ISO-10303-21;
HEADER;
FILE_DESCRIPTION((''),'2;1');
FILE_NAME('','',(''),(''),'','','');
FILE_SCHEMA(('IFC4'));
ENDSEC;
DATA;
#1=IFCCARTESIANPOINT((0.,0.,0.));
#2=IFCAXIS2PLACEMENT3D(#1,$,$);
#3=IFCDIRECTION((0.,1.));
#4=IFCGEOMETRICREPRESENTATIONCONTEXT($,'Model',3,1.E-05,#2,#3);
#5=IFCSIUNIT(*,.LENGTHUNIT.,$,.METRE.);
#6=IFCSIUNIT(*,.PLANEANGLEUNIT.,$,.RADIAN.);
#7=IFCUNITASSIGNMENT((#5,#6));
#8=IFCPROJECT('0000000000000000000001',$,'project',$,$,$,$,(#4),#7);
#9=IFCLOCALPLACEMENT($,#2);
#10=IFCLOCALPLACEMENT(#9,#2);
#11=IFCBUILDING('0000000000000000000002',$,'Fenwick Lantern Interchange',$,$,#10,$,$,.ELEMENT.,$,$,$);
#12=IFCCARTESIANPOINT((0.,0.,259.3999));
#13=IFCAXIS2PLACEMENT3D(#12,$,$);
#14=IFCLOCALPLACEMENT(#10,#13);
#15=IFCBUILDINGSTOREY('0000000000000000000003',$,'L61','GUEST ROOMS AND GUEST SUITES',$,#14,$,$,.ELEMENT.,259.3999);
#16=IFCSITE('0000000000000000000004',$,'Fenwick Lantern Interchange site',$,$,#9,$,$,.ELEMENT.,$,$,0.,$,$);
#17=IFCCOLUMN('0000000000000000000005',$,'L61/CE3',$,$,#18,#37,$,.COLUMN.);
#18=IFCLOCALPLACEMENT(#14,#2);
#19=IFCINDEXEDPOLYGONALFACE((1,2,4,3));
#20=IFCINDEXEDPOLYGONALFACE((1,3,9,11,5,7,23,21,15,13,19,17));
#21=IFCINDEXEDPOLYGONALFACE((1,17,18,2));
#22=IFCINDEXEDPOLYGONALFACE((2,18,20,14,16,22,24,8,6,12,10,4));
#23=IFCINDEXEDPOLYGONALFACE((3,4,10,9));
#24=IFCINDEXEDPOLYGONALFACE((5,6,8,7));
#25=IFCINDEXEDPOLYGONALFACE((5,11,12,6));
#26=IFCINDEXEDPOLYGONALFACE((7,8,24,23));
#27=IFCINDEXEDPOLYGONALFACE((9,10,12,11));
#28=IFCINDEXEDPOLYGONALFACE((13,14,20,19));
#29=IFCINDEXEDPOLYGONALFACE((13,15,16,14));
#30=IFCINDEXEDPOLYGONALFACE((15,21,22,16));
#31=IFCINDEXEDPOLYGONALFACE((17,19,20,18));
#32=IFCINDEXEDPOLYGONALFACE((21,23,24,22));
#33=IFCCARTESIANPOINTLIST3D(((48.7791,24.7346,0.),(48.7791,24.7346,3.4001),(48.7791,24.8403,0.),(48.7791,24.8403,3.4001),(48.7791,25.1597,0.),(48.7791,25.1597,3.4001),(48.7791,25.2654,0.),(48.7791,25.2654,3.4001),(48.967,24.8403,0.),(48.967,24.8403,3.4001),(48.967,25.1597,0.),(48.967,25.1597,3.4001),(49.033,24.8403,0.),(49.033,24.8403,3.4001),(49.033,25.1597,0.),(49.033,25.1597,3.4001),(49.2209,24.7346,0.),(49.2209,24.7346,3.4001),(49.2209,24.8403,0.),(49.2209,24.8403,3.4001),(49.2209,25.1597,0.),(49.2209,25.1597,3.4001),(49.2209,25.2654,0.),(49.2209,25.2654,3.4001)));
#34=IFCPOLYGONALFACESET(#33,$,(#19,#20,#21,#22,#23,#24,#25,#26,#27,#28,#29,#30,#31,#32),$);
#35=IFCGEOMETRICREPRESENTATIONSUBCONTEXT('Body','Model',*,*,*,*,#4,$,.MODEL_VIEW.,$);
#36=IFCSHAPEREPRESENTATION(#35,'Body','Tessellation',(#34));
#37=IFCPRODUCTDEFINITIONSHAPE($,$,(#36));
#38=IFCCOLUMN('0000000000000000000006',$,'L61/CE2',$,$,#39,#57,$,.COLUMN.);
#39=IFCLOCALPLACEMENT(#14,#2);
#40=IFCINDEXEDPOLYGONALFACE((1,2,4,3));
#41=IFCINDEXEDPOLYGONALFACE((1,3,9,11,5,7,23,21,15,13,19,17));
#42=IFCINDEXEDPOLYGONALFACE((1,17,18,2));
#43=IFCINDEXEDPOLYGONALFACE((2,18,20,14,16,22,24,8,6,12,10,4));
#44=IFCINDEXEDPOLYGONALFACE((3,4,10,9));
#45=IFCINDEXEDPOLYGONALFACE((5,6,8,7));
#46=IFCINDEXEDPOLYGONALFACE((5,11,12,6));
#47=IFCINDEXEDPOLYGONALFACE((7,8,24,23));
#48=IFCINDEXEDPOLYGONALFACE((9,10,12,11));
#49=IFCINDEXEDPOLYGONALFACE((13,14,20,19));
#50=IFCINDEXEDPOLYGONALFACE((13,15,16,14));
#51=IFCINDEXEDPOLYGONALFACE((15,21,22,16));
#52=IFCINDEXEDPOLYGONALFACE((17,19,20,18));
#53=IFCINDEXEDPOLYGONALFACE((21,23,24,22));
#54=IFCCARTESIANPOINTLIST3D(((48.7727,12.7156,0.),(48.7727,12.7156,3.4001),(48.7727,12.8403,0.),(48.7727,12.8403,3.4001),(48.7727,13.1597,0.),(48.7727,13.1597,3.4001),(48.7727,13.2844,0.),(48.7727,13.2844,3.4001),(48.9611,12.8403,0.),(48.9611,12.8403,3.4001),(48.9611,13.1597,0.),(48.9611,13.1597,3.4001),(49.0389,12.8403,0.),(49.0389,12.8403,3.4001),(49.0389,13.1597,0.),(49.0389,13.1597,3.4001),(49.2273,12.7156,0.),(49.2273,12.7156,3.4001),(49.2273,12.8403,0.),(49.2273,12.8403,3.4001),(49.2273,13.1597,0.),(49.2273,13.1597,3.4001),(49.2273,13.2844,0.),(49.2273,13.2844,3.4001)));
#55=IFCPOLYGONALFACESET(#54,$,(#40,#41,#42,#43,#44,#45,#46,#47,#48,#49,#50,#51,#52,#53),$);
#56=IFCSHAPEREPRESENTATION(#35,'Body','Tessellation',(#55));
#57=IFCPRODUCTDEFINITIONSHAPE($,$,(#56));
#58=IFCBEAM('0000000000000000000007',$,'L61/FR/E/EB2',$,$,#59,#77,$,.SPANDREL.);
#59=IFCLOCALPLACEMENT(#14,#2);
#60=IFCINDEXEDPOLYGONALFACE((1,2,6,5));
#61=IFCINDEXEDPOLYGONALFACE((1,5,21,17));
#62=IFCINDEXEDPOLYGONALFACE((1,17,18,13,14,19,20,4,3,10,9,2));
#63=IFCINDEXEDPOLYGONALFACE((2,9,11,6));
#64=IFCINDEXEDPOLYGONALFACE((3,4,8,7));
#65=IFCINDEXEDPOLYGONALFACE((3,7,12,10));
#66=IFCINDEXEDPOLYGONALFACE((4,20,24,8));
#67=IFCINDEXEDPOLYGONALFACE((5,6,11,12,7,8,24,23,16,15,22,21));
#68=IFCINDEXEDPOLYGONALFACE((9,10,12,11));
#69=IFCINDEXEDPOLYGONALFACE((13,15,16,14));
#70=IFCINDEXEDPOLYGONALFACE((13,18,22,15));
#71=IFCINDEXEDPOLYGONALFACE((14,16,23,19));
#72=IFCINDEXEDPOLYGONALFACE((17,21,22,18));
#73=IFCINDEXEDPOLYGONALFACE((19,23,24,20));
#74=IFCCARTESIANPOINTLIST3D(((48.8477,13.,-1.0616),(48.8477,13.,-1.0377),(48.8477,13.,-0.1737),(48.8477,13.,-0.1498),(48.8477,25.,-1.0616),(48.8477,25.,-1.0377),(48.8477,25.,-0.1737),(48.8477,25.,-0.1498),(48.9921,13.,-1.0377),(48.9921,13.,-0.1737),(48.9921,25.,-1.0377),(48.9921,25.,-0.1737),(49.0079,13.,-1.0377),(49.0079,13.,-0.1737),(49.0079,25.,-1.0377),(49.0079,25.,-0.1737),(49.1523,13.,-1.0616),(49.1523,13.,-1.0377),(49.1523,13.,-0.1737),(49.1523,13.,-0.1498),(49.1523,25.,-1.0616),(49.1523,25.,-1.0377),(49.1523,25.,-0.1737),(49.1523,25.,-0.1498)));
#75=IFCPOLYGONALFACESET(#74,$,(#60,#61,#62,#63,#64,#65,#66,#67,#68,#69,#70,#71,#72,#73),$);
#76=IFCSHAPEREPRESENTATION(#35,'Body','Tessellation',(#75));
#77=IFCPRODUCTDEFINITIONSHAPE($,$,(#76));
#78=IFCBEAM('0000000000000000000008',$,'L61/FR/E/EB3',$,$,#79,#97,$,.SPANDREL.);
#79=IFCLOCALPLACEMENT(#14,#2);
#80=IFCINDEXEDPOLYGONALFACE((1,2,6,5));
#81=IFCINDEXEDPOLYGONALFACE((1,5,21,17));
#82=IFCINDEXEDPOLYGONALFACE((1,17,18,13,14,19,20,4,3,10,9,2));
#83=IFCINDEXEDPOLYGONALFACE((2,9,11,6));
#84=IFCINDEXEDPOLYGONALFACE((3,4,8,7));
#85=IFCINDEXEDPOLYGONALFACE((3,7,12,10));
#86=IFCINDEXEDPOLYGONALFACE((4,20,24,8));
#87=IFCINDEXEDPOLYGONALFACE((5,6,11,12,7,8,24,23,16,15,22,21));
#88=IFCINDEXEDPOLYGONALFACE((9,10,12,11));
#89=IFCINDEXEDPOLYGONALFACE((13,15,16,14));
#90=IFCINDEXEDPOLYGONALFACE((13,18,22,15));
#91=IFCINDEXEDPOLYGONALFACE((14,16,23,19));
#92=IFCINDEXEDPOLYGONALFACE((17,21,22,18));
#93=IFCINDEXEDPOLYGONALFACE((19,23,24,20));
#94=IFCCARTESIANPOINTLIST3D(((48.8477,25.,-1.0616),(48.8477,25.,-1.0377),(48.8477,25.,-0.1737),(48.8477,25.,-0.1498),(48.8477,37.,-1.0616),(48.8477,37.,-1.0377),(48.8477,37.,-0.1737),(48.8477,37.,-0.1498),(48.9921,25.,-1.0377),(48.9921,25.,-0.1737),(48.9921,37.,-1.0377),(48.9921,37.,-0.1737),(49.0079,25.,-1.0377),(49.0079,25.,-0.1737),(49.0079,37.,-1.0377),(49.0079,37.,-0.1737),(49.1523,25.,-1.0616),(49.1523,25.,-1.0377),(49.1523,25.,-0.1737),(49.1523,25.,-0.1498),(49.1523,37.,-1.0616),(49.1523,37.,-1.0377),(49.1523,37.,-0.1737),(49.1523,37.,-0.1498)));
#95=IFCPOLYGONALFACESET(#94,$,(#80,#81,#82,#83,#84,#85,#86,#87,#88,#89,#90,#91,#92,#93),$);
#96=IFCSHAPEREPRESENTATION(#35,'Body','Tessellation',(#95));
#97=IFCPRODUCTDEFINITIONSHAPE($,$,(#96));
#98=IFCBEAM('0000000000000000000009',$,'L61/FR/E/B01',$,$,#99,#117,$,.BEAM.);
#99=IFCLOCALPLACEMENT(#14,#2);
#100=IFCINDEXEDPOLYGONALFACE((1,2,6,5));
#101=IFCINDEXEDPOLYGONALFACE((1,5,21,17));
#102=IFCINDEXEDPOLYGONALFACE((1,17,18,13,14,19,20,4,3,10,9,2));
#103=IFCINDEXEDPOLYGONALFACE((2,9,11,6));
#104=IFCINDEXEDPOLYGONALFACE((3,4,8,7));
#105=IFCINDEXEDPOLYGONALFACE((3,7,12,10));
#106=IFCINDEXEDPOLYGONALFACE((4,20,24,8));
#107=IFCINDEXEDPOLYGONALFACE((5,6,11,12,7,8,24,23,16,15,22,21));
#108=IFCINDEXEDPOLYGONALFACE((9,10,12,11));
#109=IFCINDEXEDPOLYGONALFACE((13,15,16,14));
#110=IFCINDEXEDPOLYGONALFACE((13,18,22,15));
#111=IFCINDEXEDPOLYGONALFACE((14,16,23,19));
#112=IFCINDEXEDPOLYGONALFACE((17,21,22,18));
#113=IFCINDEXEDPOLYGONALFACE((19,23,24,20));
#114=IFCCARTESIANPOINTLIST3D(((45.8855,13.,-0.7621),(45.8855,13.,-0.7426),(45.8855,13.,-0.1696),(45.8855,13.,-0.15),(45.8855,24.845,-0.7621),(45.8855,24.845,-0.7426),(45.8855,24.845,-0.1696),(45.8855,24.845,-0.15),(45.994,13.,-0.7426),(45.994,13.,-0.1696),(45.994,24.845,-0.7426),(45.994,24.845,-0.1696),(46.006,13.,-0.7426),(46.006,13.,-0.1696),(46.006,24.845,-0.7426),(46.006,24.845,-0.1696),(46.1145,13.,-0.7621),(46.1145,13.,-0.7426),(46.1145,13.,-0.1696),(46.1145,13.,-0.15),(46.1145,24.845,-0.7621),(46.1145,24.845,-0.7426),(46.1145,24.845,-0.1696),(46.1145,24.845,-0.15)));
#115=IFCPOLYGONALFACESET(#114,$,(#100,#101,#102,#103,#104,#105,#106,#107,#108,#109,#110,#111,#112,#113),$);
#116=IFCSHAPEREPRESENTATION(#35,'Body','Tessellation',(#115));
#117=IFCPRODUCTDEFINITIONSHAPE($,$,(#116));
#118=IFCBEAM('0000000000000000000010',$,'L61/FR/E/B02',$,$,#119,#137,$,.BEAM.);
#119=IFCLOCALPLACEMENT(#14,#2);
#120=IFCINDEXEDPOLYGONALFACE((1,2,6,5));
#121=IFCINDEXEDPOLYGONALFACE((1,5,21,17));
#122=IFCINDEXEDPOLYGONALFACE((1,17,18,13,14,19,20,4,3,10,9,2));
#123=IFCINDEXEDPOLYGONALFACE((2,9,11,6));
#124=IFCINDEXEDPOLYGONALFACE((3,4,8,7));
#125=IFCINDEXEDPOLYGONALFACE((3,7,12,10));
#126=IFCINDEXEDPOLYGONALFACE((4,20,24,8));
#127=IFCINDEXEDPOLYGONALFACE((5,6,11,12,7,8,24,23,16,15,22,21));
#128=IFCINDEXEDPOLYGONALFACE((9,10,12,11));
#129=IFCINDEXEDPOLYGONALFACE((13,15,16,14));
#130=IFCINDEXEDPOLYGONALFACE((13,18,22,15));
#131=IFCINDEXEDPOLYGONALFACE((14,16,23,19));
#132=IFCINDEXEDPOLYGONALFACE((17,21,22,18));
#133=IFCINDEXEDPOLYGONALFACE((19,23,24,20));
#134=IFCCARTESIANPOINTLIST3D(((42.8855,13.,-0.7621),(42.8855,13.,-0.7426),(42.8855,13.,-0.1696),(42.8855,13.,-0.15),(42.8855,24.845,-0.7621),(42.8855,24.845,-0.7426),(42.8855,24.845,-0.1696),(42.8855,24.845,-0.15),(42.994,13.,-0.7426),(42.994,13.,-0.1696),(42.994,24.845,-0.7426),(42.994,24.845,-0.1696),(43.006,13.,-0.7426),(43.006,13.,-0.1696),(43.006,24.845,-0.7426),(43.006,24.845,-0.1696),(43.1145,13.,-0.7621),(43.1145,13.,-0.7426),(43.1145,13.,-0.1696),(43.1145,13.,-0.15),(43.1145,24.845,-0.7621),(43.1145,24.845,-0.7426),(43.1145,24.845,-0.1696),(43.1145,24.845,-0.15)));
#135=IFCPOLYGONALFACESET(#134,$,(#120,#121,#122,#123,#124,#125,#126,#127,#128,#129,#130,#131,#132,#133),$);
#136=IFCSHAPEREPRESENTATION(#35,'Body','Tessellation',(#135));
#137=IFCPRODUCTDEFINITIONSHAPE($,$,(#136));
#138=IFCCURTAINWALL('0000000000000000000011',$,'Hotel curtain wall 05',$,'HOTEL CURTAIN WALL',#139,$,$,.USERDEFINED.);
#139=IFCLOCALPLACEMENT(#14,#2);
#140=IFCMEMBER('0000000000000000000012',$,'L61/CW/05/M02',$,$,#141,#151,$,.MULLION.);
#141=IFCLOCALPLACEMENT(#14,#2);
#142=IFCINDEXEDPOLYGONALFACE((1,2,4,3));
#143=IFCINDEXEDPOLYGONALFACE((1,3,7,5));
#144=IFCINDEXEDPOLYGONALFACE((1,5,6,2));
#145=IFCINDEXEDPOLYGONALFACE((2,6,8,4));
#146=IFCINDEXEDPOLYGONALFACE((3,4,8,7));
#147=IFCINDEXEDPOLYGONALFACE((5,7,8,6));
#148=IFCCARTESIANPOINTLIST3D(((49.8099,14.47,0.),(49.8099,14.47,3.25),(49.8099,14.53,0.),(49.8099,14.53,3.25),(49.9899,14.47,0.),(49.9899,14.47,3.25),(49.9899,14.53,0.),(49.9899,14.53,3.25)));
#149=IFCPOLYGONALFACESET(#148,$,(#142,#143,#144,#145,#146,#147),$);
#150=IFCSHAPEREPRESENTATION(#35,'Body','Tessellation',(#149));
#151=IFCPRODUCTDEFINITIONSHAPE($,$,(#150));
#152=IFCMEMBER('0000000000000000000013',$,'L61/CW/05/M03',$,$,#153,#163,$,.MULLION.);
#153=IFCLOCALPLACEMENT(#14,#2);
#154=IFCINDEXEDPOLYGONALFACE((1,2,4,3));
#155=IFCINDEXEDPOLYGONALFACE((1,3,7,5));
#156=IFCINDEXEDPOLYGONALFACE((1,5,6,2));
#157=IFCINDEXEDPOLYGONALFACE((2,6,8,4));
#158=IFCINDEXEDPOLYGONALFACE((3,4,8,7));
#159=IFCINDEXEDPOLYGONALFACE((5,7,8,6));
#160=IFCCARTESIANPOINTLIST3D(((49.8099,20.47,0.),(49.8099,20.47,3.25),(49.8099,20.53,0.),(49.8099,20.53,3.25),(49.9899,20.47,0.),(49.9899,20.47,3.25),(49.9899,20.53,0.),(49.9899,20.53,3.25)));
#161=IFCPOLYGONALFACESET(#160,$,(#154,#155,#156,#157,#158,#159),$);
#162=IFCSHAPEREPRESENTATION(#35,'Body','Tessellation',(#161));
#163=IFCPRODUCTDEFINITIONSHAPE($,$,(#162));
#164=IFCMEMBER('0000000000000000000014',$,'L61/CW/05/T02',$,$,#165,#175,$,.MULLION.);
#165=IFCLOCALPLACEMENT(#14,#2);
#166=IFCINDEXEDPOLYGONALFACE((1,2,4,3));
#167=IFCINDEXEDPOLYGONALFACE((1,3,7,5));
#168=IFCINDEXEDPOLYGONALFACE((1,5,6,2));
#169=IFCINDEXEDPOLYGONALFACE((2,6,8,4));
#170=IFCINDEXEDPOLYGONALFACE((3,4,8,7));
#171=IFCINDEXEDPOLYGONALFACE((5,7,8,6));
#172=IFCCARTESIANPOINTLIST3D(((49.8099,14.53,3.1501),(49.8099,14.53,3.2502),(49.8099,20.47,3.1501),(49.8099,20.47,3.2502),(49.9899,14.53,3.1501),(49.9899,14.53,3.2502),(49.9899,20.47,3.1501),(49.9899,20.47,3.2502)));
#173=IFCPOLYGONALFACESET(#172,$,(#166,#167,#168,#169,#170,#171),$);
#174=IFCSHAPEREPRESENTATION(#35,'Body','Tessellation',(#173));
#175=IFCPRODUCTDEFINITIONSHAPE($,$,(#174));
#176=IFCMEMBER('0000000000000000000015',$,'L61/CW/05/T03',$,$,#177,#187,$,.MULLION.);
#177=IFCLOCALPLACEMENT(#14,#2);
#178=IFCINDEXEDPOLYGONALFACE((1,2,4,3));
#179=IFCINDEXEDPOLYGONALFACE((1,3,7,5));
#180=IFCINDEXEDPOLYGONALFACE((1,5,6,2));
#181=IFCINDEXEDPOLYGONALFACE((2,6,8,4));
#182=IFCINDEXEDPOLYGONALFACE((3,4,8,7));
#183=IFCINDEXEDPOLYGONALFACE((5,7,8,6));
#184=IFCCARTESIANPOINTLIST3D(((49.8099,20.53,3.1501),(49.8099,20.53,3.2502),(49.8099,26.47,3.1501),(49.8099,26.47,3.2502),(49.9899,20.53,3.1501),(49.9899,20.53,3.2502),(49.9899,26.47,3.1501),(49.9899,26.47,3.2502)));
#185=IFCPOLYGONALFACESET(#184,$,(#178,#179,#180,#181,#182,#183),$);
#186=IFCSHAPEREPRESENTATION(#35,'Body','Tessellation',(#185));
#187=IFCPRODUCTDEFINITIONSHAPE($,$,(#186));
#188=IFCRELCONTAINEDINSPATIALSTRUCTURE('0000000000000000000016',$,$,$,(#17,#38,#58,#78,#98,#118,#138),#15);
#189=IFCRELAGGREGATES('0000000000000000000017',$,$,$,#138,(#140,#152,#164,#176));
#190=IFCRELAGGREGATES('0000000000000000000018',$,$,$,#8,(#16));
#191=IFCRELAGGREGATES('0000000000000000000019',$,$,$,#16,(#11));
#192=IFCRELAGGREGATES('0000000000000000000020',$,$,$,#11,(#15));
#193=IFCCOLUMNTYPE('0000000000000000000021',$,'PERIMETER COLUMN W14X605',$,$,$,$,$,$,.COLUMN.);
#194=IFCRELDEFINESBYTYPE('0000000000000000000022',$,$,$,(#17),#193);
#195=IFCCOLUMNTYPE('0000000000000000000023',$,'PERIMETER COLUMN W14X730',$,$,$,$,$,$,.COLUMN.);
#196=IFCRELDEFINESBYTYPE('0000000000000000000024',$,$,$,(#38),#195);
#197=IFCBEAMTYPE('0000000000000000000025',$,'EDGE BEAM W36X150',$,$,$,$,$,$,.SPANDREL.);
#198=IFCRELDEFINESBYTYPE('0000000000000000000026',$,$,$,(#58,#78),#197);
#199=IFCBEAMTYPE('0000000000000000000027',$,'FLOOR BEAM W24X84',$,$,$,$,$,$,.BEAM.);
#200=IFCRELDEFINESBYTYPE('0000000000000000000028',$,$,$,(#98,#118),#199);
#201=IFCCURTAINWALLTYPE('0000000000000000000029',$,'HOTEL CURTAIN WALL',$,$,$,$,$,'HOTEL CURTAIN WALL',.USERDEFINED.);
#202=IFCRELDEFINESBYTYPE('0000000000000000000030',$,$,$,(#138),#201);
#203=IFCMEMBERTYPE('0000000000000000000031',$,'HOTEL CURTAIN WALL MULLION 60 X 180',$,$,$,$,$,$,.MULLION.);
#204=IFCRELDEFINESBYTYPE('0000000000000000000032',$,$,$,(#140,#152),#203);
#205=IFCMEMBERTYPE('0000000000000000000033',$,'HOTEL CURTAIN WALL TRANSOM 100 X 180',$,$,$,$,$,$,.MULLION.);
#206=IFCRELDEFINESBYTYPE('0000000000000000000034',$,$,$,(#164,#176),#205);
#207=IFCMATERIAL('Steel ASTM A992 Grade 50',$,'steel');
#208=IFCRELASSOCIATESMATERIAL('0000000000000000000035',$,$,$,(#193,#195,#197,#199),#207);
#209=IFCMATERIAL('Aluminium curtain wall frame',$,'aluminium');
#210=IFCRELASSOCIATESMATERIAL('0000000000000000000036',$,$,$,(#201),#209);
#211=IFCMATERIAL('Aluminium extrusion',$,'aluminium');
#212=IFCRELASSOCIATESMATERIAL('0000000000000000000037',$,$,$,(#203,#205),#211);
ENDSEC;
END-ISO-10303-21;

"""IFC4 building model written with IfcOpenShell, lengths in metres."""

from ifc_helpers import new_model, si_unit, direction, frame, origin, origin_2d, place, context, subcontext, project, spatial, rectangle, i_section, extrude, material, material_profile, profile_set, type_object, element, aggregate, save


model = new_model("IFC4")

# Units and contexts
model_context = context("Model", 3, precision=1e-05, world=origin(), true_north=direction((0.0, 1.0)))
body_context = subcontext(model_context, "Body", "Model", "MODEL_VIEW")
ifc_project = project(units=[si_unit("LENGTHUNIT", "METRE"), si_unit("PLANEANGLEUNIT", "RADIAN")], contexts=[model_context])

# Site, building, storey
site_placement = place(None, origin())
site = spatial("IfcSite", under=ifc_project, at=site_placement, Name="Fenwick Lantern Interchange site", CompositionType="ELEMENT", RefElevation=0.0)
building_placement = place(site_placement, origin())
building = spatial("IfcBuilding", under=site, at=building_placement, Name="Fenwick Lantern Interchange", CompositionType="ELEMENT")
storey_placement = place(building_placement, frame((0.0, 0.0, 259.3999)))
storey = spatial("IfcBuildingStorey", under=building, at=storey_placement, Name="L61", Description="GUEST ROOMS AND GUEST SUITES", CompositionType="ELEMENT", Elevation=259.3999)

# Columns
ifc_material_1 = material(Name="Steel ASTM A992 Grade 50", Category="steel")
ifc_material_profile_1 = material_profile(ifc_material_1, i_section(OverallWidth=0.4419, OverallDepth=0.5308, WebThickness=0.0659, FlangeThickness=0.1057, at=origin_2d()), Name="W14X605")
ifc_profile_set_1 = profile_set([ifc_material_profile_1], Name="Steel ASTM A992 Grade 50")
column_type_1 = type_object("IfcColumnType", Name="PERIMETER COLUMN W14X605", PredefinedType="COLUMN", material=ifc_profile_set_1)
column_1_placement = place(storey_placement, frame((49.0, 25.0, 0.0), z_axis=(0.0, 0.0, 1.0), x_axis=(1.0, 0.0, 0.0)))
element("IfcColumn", 1, at=column_1_placement, inside=storey, type_object=column_type_1, Name="L61/CE3", PredefinedType="COLUMN", context=body_context, shape_type="SweptSolid", body=[
    extrude(i_section(OverallWidth=0.4419, OverallDepth=0.5308, WebThickness=0.0659, FlangeThickness=0.1057, at=origin_2d()), origin(), (0.0, 0.0, 1.0), 3.4001),
])
ifc_material_profile_2 = material_profile(ifc_material_1, i_section(OverallWidth=0.4546, OverallDepth=0.5688, WebThickness=0.0779, FlangeThickness=0.1248, at=origin_2d()), Name="W14X730")
ifc_profile_set_2 = profile_set([ifc_material_profile_2], Name="Steel ASTM A992 Grade 50")
column_type_2 = type_object("IfcColumnType", Name="PERIMETER COLUMN W14X730", PredefinedType="COLUMN", material=ifc_profile_set_2)
column_2_placement = place(storey_placement, frame((49.0, 13.0, 0.0), z_axis=(0.0, 0.0, 1.0), x_axis=(1.0, 0.0, 0.0)))
element("IfcColumn", 2, at=column_2_placement, inside=storey, type_object=column_type_2, Name="L61/CE2", PredefinedType="COLUMN", context=body_context, shape_type="SweptSolid", body=[
    extrude(i_section(OverallWidth=0.4546, OverallDepth=0.5688, WebThickness=0.0779, FlangeThickness=0.1248, at=origin_2d()), origin(), (0.0, 0.0, 1.0), 3.4001),
])

# Beams
ifc_material_profile_3 = material_profile(ifc_material_1, i_section(OverallWidth=0.3047, OverallDepth=0.9119, WebThickness=0.0159, FlangeThickness=0.0239, at=origin_2d()), Name="W36X150")
ifc_profile_set_3 = profile_set([ifc_material_profile_3], Name="Steel ASTM A992 Grade 50")
beam_type_1 = type_object("IfcBeamType", Name="EDGE BEAM W36X150", PredefinedType="SPANDREL", material=ifc_profile_set_3)
for number, where, z_axis, x_axis, name in (
    (3, (49.0, 13.0, -0.6057), (0.0, 1.0, 0.0), (-1.0, 0.0, 0.0), "L61/FR/E/EB2"),
    (4, (49.0, 25.0, -0.6057), (0.0, 1.0, 0.0), (-1.0, 0.0, 0.0), "L61/FR/E/EB3"),
):
    element("IfcBeam", number, at=place(storey_placement, frame(where, z_axis=z_axis, x_axis=x_axis)), inside=storey, type_object=beam_type_1, Name=name, PredefinedType="SPANDREL", context=body_context, shape_type="SweptSolid", body=[
        extrude(i_section(OverallWidth=0.3047, OverallDepth=0.9119, WebThickness=0.0159, FlangeThickness=0.0239, at=origin_2d()), origin(), (0.0, 0.0, 1.0), 12.0),
    ])
ifc_material_profile_4 = material_profile(ifc_material_1, i_section(OverallWidth=0.229, OverallDepth=0.6121, WebThickness=0.012, FlangeThickness=0.0195, at=origin_2d()), Name="W24X84")
ifc_profile_set_4 = profile_set([ifc_material_profile_4], Name="Steel ASTM A992 Grade 50")
beam_type_2 = type_object("IfcBeamType", Name="FLOOR BEAM W24X84", PredefinedType="BEAM", material=ifc_profile_set_4)
for number, where, z_axis, x_axis, name in (
    (5, (46.0, 13.0, -0.4561), (0.0, 1.0, 0.0), (-1.0, 0.0, 0.0), "L61/FR/E/B01"),
    (6, (43.0, 13.0, -0.4561), (0.0, 1.0, 0.0), (-1.0, 0.0, 0.0), "L61/FR/E/B02"),
):
    element("IfcBeam", number, at=place(storey_placement, frame(where, z_axis=z_axis, x_axis=x_axis)), inside=storey, type_object=beam_type_2, Name=name, PredefinedType="BEAM", context=body_context, shape_type="SweptSolid", body=[
        extrude(i_section(OverallWidth=0.229, OverallDepth=0.6121, WebThickness=0.012, FlangeThickness=0.0195, at=origin_2d()), origin(), (0.0, 0.0, 1.0), 11.845),
    ])

# Curtain wall, members
ifc_material_2 = material(Name="Aluminium curtain wall frame", Category="aluminium")
curtain_wall_type = type_object("IfcCurtainWallType", Name="HOTEL CURTAIN WALL", ElementType="HOTEL CURTAIN WALL", PredefinedType="USERDEFINED", material=ifc_material_2)
curtain_wall_placement = place(storey_placement, origin())
curtain_wall = element("IfcCurtainWall", 7, at=curtain_wall_placement, inside=storey, type_object=curtain_wall_type, Name="Hotel curtain wall 05", ObjectType="HOTEL CURTAIN WALL", PredefinedType="USERDEFINED")
ifc_material_3 = material(Name="Aluminium extrusion", Category="aluminium")
ifc_material_profile_5 = material_profile(ifc_material_3, rectangle(XDim=0.1799, YDim=0.0601, at=origin_2d()), Name="HOTEL CURTAIN WALL MULLION 60 X 180")
ifc_profile_set_5 = profile_set([ifc_material_profile_5], Name="Aluminium extrusion")
member_type_1 = type_object("IfcMemberType", Name="HOTEL CURTAIN WALL MULLION 60 X 180", PredefinedType="MULLION", material=ifc_profile_set_5)
member_1_placement = place(storey_placement, frame((49.8999, 14.5, 0.0), z_axis=(0.0, 0.0, 1.0), x_axis=(-1.0, 0.0, 0.0)))
member_1 = element("IfcMember", 8, at=member_1_placement, type_object=member_type_1, Name="L61/CW/05/M02", PredefinedType="MULLION", context=body_context, shape_type="SweptSolid", body=[
    extrude(rectangle(XDim=0.1799, YDim=0.0601, at=origin_2d()), origin(), (0.0, 0.0, 1.0), 3.25),
])
member_2_placement = place(storey_placement, frame((49.8999, 20.5, 0.0), z_axis=(0.0, 0.0, 1.0), x_axis=(-1.0, 0.0, 0.0)))
member_2 = element("IfcMember", 9, at=member_2_placement, type_object=member_type_1, Name="L61/CW/05/M03", PredefinedType="MULLION", context=body_context, shape_type="SweptSolid", body=[
    extrude(rectangle(XDim=0.1799, YDim=0.0601, at=origin_2d()), origin(), (0.0, 0.0, 1.0), 3.25),
])
ifc_material_profile_6 = material_profile(ifc_material_3, rectangle(XDim=0.1799, YDim=0.1001, at=origin_2d()), Name="HOTEL CURTAIN WALL TRANSOM 100 X 180")
ifc_profile_set_6 = profile_set([ifc_material_profile_6], Name="Aluminium extrusion")
member_type_2 = type_object("IfcMemberType", Name="HOTEL CURTAIN WALL TRANSOM 100 X 180", PredefinedType="MULLION", material=ifc_profile_set_6)
member_3_placement = place(storey_placement, frame((49.8999, 14.53, 3.2002), z_axis=(0.0, 1.0, 0.0), x_axis=(-1.0, 0.0, 0.0)))
member_3 = element("IfcMember", 10, at=member_3_placement, type_object=member_type_2, Name="L61/CW/05/T02", PredefinedType="MULLION", context=body_context, shape_type="SweptSolid", body=[
    extrude(rectangle(XDim=0.1799, YDim=0.1001, at=origin_2d()), origin(), (0.0, 0.0, 1.0), 5.9399),
])
member_4_placement = place(storey_placement, frame((49.8999, 20.53, 3.2002), z_axis=(0.0, 1.0, 0.0), x_axis=(-1.0, 0.0, 0.0)))
member_4 = element("IfcMember", 11, at=member_4_placement, type_object=member_type_2, Name="L61/CW/05/T03", PredefinedType="MULLION", context=body_context, shape_type="SweptSolid", body=[
    extrude(rectangle(XDim=0.1799, YDim=0.1001, at=origin_2d()), origin(), (0.0, 0.0, 1.0), 5.9399),
])
aggregate(curtain_wall, [member_1, member_2, member_3, member_4])

save(model, "model.ifc")
